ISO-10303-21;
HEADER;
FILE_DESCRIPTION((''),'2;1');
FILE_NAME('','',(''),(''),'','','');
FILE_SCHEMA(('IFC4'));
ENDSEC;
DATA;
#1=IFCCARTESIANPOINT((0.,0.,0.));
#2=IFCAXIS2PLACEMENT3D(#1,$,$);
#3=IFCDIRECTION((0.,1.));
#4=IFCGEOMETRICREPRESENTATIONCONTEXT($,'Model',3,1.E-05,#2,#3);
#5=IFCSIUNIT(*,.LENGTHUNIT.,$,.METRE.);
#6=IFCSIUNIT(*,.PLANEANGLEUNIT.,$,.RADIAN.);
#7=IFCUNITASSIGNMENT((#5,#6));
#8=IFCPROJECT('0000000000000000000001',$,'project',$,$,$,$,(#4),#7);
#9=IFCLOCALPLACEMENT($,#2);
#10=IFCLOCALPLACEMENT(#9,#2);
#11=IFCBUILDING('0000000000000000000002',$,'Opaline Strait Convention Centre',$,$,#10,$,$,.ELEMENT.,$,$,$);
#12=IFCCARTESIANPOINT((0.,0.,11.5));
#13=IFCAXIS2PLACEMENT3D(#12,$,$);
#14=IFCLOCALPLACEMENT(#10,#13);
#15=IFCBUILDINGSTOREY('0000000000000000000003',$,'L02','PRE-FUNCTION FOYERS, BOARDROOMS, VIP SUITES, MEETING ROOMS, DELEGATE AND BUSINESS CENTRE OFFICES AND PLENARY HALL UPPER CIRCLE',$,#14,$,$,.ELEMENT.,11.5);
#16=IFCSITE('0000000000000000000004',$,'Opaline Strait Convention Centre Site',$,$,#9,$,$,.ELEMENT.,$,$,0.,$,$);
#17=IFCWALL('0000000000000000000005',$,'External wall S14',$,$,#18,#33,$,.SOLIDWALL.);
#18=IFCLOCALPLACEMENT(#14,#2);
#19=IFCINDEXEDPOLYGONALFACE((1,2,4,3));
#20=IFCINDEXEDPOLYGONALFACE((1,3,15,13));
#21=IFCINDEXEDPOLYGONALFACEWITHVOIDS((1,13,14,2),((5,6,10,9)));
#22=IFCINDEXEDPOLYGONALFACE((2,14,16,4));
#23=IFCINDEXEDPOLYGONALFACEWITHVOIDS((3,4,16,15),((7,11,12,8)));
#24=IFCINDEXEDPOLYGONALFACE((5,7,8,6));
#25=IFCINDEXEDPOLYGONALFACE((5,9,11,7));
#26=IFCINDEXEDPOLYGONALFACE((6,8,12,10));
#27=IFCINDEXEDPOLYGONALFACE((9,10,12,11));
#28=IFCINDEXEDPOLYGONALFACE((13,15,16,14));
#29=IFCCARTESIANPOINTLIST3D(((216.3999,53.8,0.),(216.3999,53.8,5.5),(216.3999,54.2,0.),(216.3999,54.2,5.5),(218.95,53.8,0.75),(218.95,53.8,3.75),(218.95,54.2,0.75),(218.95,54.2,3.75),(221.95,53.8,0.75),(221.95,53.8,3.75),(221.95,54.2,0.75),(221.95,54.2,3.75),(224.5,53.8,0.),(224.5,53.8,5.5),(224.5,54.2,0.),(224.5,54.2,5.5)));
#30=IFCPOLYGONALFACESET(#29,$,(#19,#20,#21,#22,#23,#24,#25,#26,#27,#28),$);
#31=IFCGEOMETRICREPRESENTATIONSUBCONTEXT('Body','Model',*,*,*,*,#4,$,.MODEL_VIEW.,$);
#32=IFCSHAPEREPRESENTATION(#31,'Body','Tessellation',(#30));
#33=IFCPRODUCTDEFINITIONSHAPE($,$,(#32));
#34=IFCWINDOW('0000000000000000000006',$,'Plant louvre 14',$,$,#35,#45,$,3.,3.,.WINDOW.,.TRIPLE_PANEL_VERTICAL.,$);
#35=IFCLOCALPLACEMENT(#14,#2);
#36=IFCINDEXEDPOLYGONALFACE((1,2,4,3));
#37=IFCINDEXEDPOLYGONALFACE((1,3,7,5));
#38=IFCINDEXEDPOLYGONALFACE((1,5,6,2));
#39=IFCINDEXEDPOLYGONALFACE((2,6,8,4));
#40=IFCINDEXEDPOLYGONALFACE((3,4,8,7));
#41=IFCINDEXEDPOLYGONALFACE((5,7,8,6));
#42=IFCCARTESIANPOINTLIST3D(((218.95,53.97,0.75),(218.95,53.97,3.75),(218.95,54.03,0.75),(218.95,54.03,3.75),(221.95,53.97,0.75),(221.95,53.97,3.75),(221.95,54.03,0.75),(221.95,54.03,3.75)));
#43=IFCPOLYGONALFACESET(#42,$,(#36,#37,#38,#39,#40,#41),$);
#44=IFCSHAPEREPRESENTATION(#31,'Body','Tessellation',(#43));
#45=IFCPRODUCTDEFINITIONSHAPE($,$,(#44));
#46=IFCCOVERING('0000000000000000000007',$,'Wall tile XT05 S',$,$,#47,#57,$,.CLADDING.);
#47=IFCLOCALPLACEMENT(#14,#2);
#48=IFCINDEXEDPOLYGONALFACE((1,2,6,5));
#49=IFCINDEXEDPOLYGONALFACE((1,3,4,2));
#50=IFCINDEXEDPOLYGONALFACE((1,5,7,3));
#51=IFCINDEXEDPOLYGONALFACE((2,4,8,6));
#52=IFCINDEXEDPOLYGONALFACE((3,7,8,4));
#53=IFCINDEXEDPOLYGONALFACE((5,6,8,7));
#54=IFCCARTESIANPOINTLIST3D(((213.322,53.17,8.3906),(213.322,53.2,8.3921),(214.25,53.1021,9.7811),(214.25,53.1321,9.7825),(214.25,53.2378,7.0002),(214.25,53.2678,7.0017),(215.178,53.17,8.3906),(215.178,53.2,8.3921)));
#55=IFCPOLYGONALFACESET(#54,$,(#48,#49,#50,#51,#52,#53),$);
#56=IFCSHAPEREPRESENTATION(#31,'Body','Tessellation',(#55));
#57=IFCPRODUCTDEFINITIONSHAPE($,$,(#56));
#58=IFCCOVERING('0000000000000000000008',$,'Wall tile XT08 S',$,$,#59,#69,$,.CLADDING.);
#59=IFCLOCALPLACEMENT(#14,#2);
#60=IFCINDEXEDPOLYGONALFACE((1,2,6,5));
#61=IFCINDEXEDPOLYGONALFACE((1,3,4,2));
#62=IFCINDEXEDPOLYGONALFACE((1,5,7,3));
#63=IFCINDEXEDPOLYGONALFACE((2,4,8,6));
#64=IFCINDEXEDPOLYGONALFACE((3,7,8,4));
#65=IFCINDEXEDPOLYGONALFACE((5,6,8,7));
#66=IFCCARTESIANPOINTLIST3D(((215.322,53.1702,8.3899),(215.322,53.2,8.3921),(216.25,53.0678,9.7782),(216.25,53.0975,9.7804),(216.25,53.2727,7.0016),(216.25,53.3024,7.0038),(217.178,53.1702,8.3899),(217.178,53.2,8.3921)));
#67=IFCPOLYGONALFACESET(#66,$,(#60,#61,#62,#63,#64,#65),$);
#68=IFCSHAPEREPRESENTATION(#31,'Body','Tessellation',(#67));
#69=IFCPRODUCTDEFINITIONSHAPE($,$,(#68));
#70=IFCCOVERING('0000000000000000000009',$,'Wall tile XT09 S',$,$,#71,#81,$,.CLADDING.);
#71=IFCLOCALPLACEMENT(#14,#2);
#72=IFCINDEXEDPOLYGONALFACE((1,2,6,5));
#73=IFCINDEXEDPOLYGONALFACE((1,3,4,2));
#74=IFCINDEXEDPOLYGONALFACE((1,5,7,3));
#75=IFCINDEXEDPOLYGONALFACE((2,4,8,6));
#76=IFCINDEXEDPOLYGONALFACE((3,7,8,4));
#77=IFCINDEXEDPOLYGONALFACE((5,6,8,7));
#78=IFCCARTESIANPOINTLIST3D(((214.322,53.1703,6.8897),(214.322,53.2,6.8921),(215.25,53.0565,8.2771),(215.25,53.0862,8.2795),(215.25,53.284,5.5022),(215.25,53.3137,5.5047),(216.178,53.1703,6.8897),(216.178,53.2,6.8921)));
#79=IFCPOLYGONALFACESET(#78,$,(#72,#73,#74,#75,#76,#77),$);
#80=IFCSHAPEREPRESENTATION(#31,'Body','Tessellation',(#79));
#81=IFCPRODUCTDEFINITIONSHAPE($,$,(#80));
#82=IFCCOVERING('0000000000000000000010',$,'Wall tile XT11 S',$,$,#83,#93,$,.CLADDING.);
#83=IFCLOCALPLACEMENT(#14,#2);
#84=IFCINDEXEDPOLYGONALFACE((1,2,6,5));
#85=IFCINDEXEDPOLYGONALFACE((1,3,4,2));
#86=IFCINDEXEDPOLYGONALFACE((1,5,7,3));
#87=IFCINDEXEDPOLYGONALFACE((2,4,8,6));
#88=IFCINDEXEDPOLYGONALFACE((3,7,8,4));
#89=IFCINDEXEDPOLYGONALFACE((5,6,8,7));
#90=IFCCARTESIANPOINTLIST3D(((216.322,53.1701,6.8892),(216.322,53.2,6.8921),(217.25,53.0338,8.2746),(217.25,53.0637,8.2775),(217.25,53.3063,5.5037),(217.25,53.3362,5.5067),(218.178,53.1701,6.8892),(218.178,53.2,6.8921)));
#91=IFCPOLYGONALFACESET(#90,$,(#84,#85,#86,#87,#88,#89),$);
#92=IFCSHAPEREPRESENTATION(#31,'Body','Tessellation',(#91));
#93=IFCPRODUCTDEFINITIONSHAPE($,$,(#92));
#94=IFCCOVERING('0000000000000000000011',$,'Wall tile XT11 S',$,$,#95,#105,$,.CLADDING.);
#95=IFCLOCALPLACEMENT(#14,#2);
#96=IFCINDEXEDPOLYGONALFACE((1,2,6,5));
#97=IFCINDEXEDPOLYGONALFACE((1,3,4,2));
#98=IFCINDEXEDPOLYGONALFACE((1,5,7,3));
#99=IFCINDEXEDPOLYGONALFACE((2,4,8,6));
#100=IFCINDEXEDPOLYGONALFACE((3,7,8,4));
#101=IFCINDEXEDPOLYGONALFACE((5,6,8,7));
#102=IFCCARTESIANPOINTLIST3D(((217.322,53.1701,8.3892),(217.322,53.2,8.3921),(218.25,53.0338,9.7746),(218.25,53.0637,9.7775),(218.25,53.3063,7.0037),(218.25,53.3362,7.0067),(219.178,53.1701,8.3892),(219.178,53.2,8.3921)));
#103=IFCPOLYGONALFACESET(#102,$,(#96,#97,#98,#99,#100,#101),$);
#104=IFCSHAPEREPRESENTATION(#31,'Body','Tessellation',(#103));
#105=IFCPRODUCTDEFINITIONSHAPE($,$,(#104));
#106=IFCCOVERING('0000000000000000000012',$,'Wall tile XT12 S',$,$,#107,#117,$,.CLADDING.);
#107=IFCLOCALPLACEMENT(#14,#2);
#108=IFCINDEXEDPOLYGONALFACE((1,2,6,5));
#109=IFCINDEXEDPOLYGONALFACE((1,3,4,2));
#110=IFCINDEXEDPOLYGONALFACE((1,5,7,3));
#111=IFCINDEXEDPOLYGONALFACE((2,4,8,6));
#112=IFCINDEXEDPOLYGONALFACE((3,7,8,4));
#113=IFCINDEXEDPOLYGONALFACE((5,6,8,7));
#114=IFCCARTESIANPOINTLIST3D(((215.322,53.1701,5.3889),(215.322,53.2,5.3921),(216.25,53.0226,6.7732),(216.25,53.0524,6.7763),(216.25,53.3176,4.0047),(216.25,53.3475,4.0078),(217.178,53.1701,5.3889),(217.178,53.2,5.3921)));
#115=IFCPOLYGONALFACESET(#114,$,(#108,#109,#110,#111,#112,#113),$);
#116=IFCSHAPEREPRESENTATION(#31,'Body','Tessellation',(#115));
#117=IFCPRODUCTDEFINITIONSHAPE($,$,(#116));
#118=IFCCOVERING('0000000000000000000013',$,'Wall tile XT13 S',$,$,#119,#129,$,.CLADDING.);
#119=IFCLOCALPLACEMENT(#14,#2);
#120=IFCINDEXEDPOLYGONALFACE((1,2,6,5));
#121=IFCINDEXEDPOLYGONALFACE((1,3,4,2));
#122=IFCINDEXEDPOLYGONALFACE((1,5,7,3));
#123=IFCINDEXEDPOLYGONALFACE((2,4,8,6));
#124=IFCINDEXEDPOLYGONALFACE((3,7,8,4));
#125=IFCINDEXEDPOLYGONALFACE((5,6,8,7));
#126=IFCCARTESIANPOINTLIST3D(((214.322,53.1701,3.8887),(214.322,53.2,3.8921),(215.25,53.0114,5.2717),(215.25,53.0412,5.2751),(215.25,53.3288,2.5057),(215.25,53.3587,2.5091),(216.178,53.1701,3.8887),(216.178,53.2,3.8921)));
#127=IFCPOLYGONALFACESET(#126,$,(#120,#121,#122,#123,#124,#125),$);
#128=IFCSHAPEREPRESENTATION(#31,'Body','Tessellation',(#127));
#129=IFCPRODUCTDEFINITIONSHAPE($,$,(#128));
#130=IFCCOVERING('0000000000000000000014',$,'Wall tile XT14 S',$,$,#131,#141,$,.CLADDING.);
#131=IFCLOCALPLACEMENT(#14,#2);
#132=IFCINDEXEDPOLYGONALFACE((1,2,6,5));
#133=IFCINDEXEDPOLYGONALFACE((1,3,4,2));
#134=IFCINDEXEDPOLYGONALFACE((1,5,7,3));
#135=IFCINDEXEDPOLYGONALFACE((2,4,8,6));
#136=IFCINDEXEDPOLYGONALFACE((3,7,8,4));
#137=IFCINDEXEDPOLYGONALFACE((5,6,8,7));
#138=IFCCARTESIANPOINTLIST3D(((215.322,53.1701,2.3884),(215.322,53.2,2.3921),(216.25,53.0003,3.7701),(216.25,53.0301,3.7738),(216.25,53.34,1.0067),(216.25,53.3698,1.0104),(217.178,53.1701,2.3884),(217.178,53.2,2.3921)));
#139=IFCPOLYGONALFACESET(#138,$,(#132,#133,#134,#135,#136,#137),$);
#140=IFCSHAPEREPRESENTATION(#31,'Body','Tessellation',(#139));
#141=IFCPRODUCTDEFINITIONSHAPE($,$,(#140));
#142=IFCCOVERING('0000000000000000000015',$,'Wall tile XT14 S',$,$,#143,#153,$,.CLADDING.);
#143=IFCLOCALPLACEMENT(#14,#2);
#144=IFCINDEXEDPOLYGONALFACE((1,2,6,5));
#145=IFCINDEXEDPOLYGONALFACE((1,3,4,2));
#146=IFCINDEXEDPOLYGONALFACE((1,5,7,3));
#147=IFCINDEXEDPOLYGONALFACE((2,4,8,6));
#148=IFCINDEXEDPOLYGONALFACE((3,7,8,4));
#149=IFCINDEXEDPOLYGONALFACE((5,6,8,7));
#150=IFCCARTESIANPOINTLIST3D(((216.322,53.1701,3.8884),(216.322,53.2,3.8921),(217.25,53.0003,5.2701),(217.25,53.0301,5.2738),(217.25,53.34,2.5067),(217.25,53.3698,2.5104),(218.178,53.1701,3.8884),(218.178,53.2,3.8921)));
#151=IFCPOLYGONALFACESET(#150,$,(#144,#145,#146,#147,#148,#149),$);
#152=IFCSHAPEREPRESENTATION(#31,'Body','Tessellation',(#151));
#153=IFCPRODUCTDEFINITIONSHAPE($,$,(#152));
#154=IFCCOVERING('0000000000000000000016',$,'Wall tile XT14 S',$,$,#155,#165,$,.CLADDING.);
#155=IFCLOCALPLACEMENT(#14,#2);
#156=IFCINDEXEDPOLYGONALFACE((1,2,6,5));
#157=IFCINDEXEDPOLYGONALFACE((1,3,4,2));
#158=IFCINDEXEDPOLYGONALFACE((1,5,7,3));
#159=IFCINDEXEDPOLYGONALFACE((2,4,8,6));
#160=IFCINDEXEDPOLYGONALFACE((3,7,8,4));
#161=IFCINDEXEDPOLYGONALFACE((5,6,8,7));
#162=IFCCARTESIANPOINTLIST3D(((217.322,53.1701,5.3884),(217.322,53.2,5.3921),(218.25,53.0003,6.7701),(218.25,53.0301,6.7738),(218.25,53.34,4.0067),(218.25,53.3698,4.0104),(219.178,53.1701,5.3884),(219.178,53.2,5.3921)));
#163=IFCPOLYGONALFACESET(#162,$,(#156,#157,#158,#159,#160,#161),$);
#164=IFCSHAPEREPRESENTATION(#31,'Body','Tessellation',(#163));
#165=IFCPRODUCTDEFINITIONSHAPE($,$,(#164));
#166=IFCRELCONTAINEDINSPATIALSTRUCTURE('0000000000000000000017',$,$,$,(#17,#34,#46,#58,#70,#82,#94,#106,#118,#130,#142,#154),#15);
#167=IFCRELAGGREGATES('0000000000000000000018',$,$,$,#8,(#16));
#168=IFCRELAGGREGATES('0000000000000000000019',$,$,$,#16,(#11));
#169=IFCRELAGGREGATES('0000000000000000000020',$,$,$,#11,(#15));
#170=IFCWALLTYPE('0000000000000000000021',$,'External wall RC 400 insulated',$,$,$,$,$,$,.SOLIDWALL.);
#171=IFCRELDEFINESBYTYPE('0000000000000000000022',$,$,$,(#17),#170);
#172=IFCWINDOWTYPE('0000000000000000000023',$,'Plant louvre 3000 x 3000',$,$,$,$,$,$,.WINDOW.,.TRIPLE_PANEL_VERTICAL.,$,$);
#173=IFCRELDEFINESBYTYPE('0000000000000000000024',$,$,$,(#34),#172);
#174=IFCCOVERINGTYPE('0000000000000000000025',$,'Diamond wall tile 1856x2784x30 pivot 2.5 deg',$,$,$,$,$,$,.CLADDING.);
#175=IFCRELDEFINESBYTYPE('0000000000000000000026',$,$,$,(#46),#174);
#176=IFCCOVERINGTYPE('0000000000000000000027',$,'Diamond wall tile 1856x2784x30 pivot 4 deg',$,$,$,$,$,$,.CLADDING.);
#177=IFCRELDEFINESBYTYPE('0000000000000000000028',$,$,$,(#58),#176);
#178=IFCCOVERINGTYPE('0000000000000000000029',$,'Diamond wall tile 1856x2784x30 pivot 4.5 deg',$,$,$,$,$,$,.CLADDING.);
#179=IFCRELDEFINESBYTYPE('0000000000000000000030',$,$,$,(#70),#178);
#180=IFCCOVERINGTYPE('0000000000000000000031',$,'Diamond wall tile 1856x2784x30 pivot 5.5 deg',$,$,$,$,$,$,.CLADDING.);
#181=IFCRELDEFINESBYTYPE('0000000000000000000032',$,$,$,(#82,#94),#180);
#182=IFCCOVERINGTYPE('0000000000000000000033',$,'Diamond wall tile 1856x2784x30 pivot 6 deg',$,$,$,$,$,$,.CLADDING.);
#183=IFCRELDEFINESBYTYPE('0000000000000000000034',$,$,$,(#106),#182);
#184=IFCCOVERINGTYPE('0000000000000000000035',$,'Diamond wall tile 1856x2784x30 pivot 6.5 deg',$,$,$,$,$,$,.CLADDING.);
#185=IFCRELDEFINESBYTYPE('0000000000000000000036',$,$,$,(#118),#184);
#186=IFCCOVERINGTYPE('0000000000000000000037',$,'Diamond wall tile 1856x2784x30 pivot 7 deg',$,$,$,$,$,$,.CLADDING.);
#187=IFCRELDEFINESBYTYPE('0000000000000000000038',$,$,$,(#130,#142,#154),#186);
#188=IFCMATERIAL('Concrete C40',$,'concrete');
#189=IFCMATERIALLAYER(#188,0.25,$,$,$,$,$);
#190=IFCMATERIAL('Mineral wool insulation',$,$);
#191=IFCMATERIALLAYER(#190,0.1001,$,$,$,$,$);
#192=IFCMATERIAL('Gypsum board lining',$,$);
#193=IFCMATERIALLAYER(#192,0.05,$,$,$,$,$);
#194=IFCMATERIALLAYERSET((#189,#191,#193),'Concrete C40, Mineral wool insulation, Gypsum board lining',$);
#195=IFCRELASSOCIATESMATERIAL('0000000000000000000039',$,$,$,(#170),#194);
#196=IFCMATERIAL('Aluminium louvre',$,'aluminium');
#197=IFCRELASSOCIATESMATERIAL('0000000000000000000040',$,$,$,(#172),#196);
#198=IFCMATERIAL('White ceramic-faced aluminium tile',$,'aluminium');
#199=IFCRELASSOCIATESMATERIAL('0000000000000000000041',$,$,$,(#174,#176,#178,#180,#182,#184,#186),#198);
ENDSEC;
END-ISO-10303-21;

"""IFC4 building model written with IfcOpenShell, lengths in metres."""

from ifc_helpers import new_model, si_unit, direction, frame, frame_2d, origin, place, context, subcontext, project, spatial, polyline, rectangle, outline, extrude, material, layer, layer_set, material_profile, profile_set, type_object, element, fill, save


model = new_model("IFC4")

# Units and contexts
model_context = context("Model", 3, precision=1e-05, world=origin(), true_north=direction((0.0, 1.0)))
body_context = subcontext(model_context, "Body", "Model", "MODEL_VIEW")
ifc_project = project(units=[si_unit("LENGTHUNIT", "METRE"), si_unit("PLANEANGLEUNIT", "RADIAN")], contexts=[model_context])

# Site, building, storey
site_placement = place(None, origin())
site = spatial("IfcSite", under=ifc_project, at=site_placement, Name="Opaline Strait Convention Centre Site", CompositionType="ELEMENT", RefElevation=0.0)
building_placement = place(site_placement, origin())
building = spatial("IfcBuilding", under=site, at=building_placement, Name="Opaline Strait Convention Centre", CompositionType="ELEMENT")
storey_placement = place(building_placement, frame((0.0, 0.0, 11.5)))
storey = spatial("IfcBuildingStorey", under=building, at=storey_placement, Name="L02", Description="PRE-FUNCTION FOYERS, BOARDROOMS, VIP SUITES, MEETING ROOMS, DELEGATE AND BUSINESS CENTRE OFFICES AND PLENARY HALL UPPER CIRCLE", CompositionType="ELEMENT", Elevation=11.5)

# Wall, opening, window
ifc_material_1 = material(Name="Concrete C40", Category="concrete")
ifc_layer_1 = layer(ifc_material_1, 0.25)
ifc_material_2 = material(Name="Mineral wool insulation")
ifc_layer_2 = layer(ifc_material_2, 0.1001)
ifc_material_3 = material(Name="Gypsum board lining")
ifc_layer_3 = layer(ifc_material_3, 0.05)
ifc_layer_set = layer_set([ifc_layer_1, ifc_layer_2, ifc_layer_3], Name="Concrete C40, Mineral wool insulation, Gypsum board lining")
wall_type = type_object("IfcWallType", Name="External wall RC 400 insulated", PredefinedType="SOLIDWALL", material=ifc_layer_set)
wall_placement = place(storey_placement, frame((216.3999, 54.0, 0.0), z_axis=(0.0, 0.0, 1.0), x_axis=(1.0, 0.0, 0.0)))
wall = element("IfcWall", 1, at=wall_placement, inside=storey, type_object=wall_type, Name="External wall S14", PredefinedType="SOLIDWALL", context=body_context, shape_type="SweptSolid", body=[
    extrude(rectangle(XDim=8.1001, YDim=0.3999, at=frame_2d((4.05, 0.0))), origin(), (0.0, 0.0, 1.0), 5.5),
])
opening_placement = place(wall_placement, frame((2.55, 0.0, 0.75)))
opening = element("IfcOpeningElement", 2, at=opening_placement, cuts=wall, PredefinedType="OPENING", context=body_context, shape_type="SweptSolid", body=[
    extrude(rectangle(XDim=3.0, YDim=3.0, at=frame_2d((1.5, 1.5))), frame((0.0, 0.21, 0.0), z_axis=(0.0, -1.0, 0.0), x_axis=(1.0, 0.0, 0.0)), (0.0, 0.0, 1.0), 0.4199),
])
ifc_material_4 = material(Name="Aluminium louvre", Category="aluminium")
window_type = type_object("IfcWindowType", Name="Plant louvre 3000 x 3000", PartitioningType="TRIPLE_PANEL_VERTICAL", PredefinedType="WINDOW", material=ifc_material_4)
window_placement = place(opening_placement, origin())
window = element("IfcWindow", 3, at=window_placement, inside=storey, type_object=window_type, Name="Plant louvre 14", OverallHeight=3.0, OverallWidth=3.0, PartitioningType="TRIPLE_PANEL_VERTICAL", PredefinedType="WINDOW", context=body_context, shape_type="SweptSolid", body=[
    extrude(rectangle(XDim=3.0, YDim=3.0, at=frame_2d((1.5, 1.5))), frame((0.0, 0.03, 0.0), z_axis=(0.0, -1.0, 0.0), x_axis=(1.0, 0.0, 0.0)), (0.0, 0.0, 1.0), 0.0601),
])
fill(opening, window)

# Coverings
ifc_material_5 = material(Name="White ceramic-faced aluminium tile", Category="aluminium")
ifc_material_profile_1 = material_profile(ifc_material_5, outline(polyline([(0.928, 0.0), (0.0, 1.3921), (-0.928, 0.0), (0.0, -1.3921), (0.928, 0.0)])), Name="Diamond tile 1856x2784")
ifc_profile_set_1 = profile_set([ifc_material_profile_1], Name="White ceramic-faced aluminium tile")
covering_type_1 = type_object("IfcCoveringType", Name="Diamond wall tile 1856x2784x30 pivot 2.5 deg", PredefinedType="CLADDING", material=ifc_profile_set_1)
covering_1_placement = place(storey_placement, frame((214.25, 53.2, 8.3921), z_axis=(0.0, -0.998812, -0.048723), x_axis=(1.0, 0.0, 0.0)))
element("IfcCovering", 4, at=covering_1_placement, inside=storey, type_object=covering_type_1, Name="Wall tile XT05 S", PredefinedType="CLADDING", context=body_context, shape_type="SweptSolid", body=[
    extrude(outline(polyline([(0.928, 0.0), (0.0, 1.3921), (-0.928, 0.0), (0.0, -1.3921), (0.928, 0.0)])), origin(), (0.0, 0.0, 1.0), 0.03),
])
ifc_material_profile_2 = material_profile(ifc_material_5, outline(polyline([(0.928, 0.0), (0.0, 1.3921), (-0.928, 0.0), (0.0, -1.3921), (0.928, 0.0)])), Name="Diamond tile 1856x2784")
ifc_profile_set_2 = profile_set([ifc_material_profile_2], Name="White ceramic-faced aluminium tile")
covering_type_2 = type_object("IfcCoveringType", Name="Diamond wall tile 1856x2784x30 pivot 4 deg", PredefinedType="CLADDING", material=ifc_profile_set_2)
covering_2_placement = place(storey_placement, frame((216.25, 53.2, 8.3921), z_axis=(0.0, -0.99729, -0.073571), x_axis=(1.0, 0.0, 0.0)))
element("IfcCovering", 5, at=covering_2_placement, inside=storey, type_object=covering_type_2, Name="Wall tile XT08 S", PredefinedType="CLADDING", context=body_context, shape_type="SweptSolid", body=[
    extrude(outline(polyline([(0.928, 0.0), (0.0, 1.3921), (-0.928, 0.0), (0.0, -1.3921), (0.928, 0.0)])), origin(), (0.0, 0.0, 1.0), 0.0298),
])
ifc_material_profile_3 = material_profile(ifc_material_5, outline(polyline([(0.928, 0.0), (0.0, 1.3921), (-0.928, 0.0), (0.0, -1.3921), (0.928, 0.0)])), Name="Diamond tile 1856x2784")
ifc_profile_set_3 = profile_set([ifc_material_profile_3], Name="White ceramic-faced aluminium tile")
covering_type_3 = type_object("IfcCoveringType", Name="Diamond wall tile 1856x2784x30 pivot 4.5 deg", PredefinedType="CLADDING", material=ifc_profile_set_3)
covering_3_placement = place(storey_placement, frame((215.25, 53.2, 6.8921), z_axis=(0.0, -0.996658, -0.081693), x_axis=(1.0, 0.0, 0.0)))
element("IfcCovering", 6, at=covering_3_placement, inside=storey, type_object=covering_type_3, Name="Wall tile XT09 S", PredefinedType="CLADDING", context=body_context, shape_type="SweptSolid", body=[
    extrude(outline(polyline([(0.928, 0.0), (0.0, 1.3921), (-0.928, 0.0), (0.0, -1.3921), (0.928, 0.0)])), origin(), (0.0, 0.0, 1.0), 0.0298),
])
ifc_material_profile_4 = material_profile(ifc_material_5, outline(polyline([(0.928, 0.0), (0.0, 1.3921), (-0.928, 0.0), (0.0, -1.3921), (0.928, 0.0)])), Name="Diamond tile 1856x2784")
ifc_profile_set_4 = profile_set([ifc_material_profile_4], Name="White ceramic-faced aluminium tile")
covering_type_4 = type_object("IfcCoveringType", Name="Diamond wall tile 1856x2784x30 pivot 5.5 deg", PredefinedType="CLADDING", material=ifc_profile_set_4)
for number, where, z_axis, x_axis, name in (
    (7, (217.25, 53.2, 6.8921), (0.0, -0.995197, -0.097888), (1.0, 0.0, 0.0), "Wall tile XT11 S"),
    (8, (218.25, 53.2, 8.3921), (0.0, -0.995197, -0.097888), (1.0, 0.0, 0.0), "Wall tile XT11 S"),
):
    element("IfcCovering", number, at=place(storey_placement, frame(where, z_axis=z_axis, x_axis=x_axis)), inside=storey, type_object=covering_type_4, Name=name, PredefinedType="CLADDING", context=body_context, shape_type="SweptSolid", body=[
        extrude(outline(polyline([(0.928, 0.0), (0.0, 1.3921), (-0.928, 0.0), (0.0, -1.3921), (0.928, 0.0)])), origin(), (0.0, 0.0, 1.0), 0.03),
    ])
ifc_material_profile_5 = material_profile(ifc_material_5, outline(polyline([(0.928, 0.0), (0.0, 1.3921), (-0.928, 0.0), (0.0, -1.3921), (0.928, 0.0)])), Name="Diamond tile 1856x2784")
ifc_profile_set_5 = profile_set([ifc_material_profile_5], Name="White ceramic-faced aluminium tile")
covering_type_5 = type_object("IfcCoveringType", Name="Diamond wall tile 1856x2784x30 pivot 6 deg", PredefinedType="CLADDING", material=ifc_profile_set_5)
covering_4_placement = place(storey_placement, frame((216.25, 53.2, 5.3921), z_axis=(0.0, -0.994371, -0.105958), x_axis=(1.0, 0.0, 0.0)))
element("IfcCovering", 9, at=covering_4_placement, inside=storey, type_object=covering_type_5, Name="Wall tile XT12 S", PredefinedType="CLADDING", context=body_context, shape_type="SweptSolid", body=[
    extrude(outline(polyline([(0.928, 0.0), (0.0, 1.3921), (-0.928, 0.0), (0.0, -1.3921), (0.928, 0.0)])), origin(), (0.0, 0.0, 1.0), 0.03),
])
ifc_material_profile_6 = material_profile(ifc_material_5, outline(polyline([(0.928, 0.0), (0.0, 1.3921), (-0.928, 0.0), (0.0, -1.3921), (0.928, 0.0)])), Name="Diamond tile 1856x2784")
ifc_profile_set_6 = profile_set([ifc_material_profile_6], Name="White ceramic-faced aluminium tile")
covering_type_6 = type_object("IfcCoveringType", Name="Diamond wall tile 1856x2784x30 pivot 6.5 deg", PredefinedType="CLADDING", material=ifc_profile_set_6)
covering_5_placement = place(storey_placement, frame((215.25, 53.2, 3.8921), z_axis=(0.0, -0.99348, -0.114006), x_axis=(1.0, 0.0, 0.0)))
element("IfcCovering", 10, at=covering_5_placement, inside=storey, type_object=covering_type_6, Name="Wall tile XT13 S", PredefinedType="CLADDING", context=body_context, shape_type="SweptSolid", body=[
    extrude(outline(polyline([(0.928, 0.0), (0.0, 1.3921), (-0.928, 0.0), (0.0, -1.3921), (0.928, 0.0)])), origin(), (0.0, 0.0, 1.0), 0.03),
])
ifc_material_profile_7 = material_profile(ifc_material_5, outline(polyline([(0.928, 0.0), (0.0, 1.3921), (-0.928, 0.0), (0.0, -1.3921), (0.928, 0.0)])), Name="Diamond tile 1856x2784")
ifc_profile_set_7 = profile_set([ifc_material_profile_7], Name="White ceramic-faced aluminium tile")
covering_type_7 = type_object("IfcCoveringType", Name="Diamond wall tile 1856x2784x30 pivot 7 deg", PredefinedType="CLADDING", material=ifc_profile_set_7)
for number, where, z_axis, x_axis, name in (
    (11, (216.25, 53.2, 2.3921), (0.0, -0.992526, -0.122032), (1.0, 0.0, 0.0), "Wall tile XT14 S"),
    (12, (217.25, 53.2, 3.8921), (0.0, -0.992526, -0.122032), (1.0, 0.0, 0.0), "Wall tile XT14 S"),
    (13, (218.25, 53.2, 5.3921), (0.0, -0.992526, -0.122032), (1.0, 0.0, 0.0), "Wall tile XT14 S"),
):
    element("IfcCovering", number, at=place(storey_placement, frame(where, z_axis=z_axis, x_axis=x_axis)), inside=storey, type_object=covering_type_7, Name=name, PredefinedType="CLADDING", context=body_context, shape_type="SweptSolid", body=[
        extrude(outline(polyline([(0.928, 0.0), (0.0, 1.3921), (-0.928, 0.0), (0.0, -1.3921), (0.928, 0.0)])), origin(), (0.0, 0.0, 1.0), 0.03),
    ])

save(model, "model.ifc")
